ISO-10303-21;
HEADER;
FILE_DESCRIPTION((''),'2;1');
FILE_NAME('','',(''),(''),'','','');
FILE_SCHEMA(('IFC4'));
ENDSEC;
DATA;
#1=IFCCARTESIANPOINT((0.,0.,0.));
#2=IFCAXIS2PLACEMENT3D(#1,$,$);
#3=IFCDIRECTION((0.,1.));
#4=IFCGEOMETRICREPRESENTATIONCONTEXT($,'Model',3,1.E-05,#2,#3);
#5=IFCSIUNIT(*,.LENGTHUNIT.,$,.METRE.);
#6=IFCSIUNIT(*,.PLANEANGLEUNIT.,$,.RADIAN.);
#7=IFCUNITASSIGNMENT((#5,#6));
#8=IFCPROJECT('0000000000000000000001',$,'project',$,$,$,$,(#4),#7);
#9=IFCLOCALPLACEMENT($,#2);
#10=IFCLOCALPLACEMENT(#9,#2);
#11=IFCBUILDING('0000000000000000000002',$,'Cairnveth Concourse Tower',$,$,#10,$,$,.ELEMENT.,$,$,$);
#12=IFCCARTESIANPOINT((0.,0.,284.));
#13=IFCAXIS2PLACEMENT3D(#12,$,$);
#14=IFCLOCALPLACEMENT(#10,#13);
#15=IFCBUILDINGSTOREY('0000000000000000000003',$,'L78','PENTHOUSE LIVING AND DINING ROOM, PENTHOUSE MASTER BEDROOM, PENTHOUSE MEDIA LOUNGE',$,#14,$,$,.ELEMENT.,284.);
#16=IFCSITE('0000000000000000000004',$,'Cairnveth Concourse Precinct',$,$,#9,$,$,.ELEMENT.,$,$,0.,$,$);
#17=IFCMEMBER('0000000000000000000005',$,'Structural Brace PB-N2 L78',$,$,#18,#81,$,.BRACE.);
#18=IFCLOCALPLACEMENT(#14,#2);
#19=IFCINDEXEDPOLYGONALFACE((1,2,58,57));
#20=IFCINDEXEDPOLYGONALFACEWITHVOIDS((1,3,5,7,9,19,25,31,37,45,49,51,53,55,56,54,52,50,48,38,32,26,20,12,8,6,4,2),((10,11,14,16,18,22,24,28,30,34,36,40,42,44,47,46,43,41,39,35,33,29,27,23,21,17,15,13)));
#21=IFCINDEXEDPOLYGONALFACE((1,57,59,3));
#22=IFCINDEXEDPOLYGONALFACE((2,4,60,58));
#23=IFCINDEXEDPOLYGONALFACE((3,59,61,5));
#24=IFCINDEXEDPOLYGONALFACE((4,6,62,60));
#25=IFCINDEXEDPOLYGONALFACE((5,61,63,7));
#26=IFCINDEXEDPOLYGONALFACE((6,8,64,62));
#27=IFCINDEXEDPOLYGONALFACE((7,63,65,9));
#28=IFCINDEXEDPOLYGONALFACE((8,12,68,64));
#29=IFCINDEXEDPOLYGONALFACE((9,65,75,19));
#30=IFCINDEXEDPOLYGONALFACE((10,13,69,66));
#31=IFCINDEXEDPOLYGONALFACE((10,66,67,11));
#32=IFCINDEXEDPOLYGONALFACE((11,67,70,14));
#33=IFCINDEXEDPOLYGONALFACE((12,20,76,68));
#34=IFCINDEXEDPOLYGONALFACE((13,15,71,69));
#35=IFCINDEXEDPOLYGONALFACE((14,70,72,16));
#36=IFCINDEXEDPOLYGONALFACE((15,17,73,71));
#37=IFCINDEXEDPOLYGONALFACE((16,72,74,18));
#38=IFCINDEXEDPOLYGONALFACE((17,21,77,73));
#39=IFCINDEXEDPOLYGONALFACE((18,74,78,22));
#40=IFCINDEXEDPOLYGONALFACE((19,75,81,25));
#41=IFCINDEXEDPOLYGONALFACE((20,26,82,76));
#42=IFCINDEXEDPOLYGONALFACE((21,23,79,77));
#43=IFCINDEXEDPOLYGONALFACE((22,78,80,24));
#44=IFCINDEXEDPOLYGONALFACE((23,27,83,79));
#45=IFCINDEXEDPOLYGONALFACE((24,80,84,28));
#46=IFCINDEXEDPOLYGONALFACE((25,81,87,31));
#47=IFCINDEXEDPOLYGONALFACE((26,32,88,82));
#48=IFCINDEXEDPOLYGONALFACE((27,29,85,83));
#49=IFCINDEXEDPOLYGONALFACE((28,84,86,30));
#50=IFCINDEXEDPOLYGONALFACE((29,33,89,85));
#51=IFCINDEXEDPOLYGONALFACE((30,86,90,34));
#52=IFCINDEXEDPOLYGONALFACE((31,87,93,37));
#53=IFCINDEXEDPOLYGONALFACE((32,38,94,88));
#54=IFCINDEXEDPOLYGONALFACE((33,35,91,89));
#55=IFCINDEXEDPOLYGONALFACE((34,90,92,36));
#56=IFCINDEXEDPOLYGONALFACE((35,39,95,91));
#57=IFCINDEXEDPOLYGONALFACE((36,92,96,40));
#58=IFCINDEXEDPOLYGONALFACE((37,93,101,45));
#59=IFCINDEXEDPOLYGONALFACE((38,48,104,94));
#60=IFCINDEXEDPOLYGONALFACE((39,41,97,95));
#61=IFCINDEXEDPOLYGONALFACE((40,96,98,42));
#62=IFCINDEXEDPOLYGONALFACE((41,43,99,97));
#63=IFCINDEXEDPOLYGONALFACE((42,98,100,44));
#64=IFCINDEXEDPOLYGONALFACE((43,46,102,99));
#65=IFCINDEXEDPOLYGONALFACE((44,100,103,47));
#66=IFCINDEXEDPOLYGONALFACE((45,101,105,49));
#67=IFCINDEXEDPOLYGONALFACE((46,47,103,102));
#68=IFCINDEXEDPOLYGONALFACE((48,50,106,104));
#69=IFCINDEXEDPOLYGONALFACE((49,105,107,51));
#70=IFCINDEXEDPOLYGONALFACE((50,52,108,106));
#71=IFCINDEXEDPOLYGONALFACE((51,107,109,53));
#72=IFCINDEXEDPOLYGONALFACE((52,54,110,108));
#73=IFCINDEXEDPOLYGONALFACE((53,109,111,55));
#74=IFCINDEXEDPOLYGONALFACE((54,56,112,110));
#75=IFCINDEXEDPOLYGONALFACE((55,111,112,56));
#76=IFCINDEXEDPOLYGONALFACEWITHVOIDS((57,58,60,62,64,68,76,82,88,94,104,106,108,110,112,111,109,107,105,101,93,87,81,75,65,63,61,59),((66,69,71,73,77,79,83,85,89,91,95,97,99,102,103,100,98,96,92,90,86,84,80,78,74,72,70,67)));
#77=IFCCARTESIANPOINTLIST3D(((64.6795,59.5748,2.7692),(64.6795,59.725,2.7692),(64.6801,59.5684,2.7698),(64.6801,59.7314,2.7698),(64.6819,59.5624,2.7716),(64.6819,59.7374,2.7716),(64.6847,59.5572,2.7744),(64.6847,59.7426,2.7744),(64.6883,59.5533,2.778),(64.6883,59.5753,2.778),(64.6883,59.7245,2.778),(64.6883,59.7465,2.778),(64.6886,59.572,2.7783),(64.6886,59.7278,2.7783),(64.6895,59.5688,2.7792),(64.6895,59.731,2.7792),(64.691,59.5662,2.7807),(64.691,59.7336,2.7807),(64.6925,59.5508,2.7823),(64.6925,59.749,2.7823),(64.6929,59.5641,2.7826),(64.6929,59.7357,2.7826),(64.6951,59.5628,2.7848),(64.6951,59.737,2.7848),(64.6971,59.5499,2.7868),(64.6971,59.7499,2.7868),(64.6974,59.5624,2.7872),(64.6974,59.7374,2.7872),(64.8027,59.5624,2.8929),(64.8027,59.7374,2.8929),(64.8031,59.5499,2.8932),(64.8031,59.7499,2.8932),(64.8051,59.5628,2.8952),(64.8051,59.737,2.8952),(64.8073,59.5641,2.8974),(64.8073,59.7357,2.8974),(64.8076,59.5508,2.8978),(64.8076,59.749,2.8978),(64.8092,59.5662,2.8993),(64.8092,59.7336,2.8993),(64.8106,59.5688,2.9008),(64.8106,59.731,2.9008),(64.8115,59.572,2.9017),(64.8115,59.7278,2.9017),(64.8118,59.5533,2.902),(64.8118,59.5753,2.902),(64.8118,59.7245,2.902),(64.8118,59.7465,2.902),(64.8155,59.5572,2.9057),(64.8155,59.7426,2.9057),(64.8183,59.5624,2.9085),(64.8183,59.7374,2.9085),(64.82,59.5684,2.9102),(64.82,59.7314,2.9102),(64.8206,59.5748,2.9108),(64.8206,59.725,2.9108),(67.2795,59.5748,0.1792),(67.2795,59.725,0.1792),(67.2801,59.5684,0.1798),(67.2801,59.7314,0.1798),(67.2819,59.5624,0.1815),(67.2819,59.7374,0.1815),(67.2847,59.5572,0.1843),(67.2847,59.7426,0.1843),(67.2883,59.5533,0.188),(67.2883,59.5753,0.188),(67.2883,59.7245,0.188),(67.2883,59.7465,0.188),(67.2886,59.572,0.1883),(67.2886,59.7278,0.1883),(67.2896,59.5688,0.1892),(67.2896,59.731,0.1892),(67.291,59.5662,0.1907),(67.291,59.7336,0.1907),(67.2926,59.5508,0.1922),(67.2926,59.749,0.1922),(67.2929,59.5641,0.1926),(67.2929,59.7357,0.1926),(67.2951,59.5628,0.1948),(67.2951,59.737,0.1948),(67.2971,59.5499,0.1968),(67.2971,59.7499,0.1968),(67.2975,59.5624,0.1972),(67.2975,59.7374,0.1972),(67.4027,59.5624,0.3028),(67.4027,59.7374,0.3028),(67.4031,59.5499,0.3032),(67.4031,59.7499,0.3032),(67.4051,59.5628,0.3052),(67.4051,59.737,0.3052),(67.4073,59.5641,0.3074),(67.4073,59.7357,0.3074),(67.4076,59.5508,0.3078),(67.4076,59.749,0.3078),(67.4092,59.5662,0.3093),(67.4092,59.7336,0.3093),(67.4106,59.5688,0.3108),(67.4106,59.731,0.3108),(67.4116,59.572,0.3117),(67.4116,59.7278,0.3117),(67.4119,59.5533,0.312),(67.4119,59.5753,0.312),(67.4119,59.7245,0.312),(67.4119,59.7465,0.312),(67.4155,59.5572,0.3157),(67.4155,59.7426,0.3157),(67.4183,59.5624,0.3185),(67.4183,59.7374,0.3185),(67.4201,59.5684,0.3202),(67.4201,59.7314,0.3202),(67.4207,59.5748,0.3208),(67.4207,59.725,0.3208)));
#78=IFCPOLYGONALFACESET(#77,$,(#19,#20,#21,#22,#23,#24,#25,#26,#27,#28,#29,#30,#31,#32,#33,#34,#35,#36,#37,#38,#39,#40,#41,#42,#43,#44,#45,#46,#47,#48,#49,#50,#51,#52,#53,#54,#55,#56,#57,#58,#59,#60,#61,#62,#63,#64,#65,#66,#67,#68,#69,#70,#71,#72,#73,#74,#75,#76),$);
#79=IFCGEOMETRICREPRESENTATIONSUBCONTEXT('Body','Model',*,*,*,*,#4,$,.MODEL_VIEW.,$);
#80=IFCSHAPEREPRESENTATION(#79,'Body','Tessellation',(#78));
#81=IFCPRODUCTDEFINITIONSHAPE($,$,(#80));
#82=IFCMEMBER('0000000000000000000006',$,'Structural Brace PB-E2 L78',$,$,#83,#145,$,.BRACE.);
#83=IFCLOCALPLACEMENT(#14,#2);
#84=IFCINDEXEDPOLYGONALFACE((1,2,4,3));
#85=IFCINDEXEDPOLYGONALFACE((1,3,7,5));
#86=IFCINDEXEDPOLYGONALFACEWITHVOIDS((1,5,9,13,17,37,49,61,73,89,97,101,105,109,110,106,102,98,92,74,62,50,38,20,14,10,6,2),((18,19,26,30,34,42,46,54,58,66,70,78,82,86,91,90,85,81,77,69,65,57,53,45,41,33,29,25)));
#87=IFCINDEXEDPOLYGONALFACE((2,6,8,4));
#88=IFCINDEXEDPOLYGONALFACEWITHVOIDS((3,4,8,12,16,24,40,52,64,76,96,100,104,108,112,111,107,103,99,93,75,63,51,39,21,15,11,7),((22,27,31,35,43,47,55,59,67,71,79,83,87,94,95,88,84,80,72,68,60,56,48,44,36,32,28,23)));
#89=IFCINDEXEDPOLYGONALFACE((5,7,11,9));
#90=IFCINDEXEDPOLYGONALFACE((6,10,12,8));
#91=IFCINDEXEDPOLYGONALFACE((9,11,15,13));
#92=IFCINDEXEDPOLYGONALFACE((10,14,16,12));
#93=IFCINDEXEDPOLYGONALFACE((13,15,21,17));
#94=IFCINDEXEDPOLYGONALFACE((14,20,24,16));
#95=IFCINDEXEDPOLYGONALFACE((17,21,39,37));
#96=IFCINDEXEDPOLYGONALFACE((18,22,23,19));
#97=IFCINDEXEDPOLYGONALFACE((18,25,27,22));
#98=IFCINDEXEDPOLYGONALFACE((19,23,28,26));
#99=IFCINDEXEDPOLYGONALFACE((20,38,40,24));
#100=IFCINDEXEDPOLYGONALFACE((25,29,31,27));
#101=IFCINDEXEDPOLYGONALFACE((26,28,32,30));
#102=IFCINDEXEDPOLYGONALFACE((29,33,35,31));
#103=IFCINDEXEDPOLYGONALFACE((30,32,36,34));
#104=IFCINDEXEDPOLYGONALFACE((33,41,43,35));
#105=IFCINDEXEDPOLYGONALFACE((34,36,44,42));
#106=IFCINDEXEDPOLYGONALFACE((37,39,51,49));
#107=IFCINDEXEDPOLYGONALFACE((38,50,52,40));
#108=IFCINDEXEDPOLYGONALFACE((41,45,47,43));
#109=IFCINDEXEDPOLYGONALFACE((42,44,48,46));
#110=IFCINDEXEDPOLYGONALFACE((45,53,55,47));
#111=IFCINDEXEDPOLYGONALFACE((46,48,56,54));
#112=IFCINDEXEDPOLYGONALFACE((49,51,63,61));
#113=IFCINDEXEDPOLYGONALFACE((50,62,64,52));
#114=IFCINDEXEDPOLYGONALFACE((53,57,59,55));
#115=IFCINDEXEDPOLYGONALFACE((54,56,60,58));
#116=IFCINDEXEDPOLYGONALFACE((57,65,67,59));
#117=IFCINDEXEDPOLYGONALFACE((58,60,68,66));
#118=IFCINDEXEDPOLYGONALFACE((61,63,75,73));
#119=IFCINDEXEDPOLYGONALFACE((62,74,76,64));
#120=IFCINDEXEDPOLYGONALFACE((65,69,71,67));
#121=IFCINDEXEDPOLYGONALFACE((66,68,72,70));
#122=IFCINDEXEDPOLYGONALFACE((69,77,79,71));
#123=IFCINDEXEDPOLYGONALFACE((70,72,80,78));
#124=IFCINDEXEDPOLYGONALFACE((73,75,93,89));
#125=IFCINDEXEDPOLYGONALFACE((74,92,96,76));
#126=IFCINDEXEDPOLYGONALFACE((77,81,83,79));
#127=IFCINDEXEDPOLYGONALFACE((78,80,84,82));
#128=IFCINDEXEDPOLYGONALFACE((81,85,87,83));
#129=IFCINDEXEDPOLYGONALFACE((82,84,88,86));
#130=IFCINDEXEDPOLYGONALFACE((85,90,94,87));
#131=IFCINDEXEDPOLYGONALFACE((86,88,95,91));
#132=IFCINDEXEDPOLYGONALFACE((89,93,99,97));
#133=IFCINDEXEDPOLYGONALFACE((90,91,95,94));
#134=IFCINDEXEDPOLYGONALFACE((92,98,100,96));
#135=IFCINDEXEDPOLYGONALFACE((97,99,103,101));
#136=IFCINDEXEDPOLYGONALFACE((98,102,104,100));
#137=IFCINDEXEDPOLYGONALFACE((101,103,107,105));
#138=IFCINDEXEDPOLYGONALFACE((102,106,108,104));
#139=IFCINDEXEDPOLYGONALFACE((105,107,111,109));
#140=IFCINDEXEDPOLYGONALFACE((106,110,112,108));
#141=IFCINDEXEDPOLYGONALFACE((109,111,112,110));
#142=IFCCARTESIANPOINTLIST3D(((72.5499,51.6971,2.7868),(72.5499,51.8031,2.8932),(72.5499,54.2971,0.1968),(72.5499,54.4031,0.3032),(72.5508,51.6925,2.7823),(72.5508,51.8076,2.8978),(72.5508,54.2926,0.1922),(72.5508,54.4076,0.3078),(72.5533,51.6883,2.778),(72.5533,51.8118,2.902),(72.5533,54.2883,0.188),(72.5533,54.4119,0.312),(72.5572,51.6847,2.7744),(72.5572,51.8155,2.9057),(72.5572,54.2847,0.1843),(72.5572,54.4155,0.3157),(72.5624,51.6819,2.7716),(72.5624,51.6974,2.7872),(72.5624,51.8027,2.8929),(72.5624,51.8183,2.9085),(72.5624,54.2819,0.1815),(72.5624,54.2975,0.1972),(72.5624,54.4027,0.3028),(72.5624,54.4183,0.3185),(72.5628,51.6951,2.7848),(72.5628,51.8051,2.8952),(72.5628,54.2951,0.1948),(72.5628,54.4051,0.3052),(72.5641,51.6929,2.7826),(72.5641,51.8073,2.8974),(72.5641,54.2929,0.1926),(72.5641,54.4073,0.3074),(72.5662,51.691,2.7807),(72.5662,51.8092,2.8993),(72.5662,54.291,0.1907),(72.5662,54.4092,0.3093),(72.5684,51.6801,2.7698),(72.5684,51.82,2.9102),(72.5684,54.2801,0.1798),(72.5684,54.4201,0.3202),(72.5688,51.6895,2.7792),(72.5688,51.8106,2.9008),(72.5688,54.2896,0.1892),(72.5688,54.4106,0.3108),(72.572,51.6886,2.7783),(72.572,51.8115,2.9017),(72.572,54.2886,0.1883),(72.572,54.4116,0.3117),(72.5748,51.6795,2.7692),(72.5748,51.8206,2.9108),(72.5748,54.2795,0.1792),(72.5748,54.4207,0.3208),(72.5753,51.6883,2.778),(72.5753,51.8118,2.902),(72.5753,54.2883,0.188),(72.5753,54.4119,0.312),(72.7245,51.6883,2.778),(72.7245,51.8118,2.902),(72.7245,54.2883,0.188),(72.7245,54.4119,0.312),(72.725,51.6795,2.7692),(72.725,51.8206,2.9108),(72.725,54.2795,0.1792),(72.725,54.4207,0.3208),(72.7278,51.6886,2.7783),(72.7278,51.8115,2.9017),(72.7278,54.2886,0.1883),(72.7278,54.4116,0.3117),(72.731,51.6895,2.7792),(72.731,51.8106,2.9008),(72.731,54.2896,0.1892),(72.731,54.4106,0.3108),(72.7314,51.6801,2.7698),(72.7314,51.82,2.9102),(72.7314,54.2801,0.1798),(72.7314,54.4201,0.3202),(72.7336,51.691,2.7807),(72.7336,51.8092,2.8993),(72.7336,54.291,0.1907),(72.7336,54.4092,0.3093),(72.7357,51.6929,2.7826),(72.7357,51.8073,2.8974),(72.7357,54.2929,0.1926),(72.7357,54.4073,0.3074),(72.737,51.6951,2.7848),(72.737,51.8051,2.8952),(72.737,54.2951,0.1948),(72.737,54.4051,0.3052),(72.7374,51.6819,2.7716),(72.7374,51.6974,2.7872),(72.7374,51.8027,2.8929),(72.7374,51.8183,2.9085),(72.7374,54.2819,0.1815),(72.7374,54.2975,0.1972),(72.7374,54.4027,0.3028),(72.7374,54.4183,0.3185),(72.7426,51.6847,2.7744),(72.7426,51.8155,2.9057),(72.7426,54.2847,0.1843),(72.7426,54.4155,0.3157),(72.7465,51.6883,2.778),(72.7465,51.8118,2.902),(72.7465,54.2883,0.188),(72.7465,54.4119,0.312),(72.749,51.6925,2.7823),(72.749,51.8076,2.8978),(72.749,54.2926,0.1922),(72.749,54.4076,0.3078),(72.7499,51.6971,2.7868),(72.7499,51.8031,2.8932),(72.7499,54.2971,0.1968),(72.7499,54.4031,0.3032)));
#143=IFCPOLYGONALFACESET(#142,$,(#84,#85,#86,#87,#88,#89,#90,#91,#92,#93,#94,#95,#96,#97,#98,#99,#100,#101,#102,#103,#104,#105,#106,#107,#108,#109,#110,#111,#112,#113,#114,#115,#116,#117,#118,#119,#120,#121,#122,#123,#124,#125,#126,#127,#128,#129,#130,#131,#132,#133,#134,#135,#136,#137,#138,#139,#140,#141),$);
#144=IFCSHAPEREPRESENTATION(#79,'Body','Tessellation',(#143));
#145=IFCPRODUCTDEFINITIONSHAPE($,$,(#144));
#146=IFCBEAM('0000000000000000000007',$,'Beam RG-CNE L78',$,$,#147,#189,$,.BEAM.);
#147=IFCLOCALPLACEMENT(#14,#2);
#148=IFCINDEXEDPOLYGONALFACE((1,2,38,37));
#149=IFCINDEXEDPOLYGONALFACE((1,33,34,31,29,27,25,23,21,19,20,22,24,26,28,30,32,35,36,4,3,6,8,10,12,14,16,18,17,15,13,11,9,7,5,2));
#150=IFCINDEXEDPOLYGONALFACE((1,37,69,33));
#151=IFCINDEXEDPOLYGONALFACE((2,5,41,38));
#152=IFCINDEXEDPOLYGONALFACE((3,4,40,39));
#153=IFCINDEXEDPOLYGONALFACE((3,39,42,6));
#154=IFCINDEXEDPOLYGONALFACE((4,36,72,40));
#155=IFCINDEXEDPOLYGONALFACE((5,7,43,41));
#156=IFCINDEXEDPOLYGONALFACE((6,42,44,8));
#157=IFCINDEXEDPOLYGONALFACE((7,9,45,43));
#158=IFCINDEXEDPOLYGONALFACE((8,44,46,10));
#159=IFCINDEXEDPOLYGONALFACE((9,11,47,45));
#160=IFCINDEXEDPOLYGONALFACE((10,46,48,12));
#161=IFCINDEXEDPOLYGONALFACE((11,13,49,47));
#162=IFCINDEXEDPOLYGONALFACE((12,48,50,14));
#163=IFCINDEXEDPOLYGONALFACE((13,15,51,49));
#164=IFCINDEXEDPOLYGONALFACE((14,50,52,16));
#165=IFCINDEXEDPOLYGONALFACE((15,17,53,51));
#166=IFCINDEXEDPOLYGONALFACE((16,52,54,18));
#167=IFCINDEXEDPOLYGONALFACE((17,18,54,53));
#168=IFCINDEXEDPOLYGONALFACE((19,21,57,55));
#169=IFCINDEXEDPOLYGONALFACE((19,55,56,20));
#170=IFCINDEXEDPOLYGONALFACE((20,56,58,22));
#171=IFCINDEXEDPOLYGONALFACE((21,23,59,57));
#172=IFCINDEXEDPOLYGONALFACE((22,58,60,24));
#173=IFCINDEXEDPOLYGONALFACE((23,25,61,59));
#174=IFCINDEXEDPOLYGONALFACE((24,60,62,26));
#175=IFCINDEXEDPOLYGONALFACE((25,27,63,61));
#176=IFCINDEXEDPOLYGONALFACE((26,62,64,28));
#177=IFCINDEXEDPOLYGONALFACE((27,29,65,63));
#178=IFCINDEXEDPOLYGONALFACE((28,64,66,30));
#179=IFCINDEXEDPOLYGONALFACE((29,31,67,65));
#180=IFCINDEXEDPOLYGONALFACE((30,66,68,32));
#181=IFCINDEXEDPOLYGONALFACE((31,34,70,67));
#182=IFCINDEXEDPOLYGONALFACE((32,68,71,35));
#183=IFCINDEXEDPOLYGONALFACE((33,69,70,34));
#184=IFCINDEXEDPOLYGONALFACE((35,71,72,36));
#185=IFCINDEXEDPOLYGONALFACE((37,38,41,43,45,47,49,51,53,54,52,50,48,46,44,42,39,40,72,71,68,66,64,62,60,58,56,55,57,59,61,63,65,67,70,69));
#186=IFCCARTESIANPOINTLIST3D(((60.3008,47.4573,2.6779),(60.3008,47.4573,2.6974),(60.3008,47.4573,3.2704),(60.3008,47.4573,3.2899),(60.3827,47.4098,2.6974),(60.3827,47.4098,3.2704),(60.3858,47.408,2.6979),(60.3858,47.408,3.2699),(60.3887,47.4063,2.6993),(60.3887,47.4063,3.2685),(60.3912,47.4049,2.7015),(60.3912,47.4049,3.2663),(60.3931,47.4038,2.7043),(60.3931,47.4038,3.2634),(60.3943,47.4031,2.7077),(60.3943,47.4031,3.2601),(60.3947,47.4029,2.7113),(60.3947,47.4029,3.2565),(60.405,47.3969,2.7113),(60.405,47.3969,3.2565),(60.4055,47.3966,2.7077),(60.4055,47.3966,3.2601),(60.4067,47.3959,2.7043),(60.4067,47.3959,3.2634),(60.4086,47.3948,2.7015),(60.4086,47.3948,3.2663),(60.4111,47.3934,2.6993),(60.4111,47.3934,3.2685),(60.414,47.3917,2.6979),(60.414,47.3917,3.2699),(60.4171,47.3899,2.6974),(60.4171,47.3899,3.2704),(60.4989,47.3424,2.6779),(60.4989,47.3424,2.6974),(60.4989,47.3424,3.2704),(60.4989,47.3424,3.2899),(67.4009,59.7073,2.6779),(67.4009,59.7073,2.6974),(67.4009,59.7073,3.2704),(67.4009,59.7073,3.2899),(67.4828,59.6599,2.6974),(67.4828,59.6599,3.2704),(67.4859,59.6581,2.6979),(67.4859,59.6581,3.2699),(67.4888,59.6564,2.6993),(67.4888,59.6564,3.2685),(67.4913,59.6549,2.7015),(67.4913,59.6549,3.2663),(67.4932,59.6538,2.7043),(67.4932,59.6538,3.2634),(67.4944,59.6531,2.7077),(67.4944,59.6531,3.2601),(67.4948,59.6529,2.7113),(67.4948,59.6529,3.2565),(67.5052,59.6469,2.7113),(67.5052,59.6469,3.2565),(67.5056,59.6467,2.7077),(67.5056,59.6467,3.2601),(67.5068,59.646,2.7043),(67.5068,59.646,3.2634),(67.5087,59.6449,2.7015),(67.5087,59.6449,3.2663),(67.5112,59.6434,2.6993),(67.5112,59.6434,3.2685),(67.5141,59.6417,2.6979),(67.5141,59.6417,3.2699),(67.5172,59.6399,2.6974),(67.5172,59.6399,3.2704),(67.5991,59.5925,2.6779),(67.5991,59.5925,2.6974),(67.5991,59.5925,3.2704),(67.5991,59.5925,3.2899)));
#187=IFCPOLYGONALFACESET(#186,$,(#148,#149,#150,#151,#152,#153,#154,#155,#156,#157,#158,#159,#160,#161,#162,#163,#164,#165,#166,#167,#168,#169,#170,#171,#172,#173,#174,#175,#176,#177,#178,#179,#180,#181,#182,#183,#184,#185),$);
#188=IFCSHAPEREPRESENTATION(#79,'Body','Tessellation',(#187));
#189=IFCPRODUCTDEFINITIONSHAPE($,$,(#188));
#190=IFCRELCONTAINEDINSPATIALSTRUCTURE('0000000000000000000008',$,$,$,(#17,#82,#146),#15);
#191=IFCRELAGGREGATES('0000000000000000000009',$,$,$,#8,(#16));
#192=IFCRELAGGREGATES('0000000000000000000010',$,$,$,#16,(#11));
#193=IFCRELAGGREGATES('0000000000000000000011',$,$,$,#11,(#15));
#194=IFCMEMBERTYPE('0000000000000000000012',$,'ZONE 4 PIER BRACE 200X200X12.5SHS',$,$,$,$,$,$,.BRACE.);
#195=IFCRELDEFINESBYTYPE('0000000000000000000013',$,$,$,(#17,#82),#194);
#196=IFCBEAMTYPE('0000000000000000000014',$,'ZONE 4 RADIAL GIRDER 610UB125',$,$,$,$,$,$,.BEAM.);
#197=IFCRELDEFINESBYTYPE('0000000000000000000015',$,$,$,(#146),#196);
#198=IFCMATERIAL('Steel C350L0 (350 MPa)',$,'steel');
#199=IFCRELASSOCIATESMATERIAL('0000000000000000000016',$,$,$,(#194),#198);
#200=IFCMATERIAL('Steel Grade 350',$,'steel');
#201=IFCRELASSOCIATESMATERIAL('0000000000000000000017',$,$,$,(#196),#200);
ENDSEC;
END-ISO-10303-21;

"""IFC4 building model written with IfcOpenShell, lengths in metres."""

from ifc_helpers import new_model, si_unit, direction, frame, origin, origin_2d, place, context, subcontext, project, spatial, hollow_rectangle, i_section, extrude, material, material_profile, profile_set, type_object, element, save


model = new_model("IFC4")

# Units and contexts
model_context = context("Model", 3, precision=1e-05, world=origin(), true_north=direction((0.0, 1.0)))
body_context = subcontext(model_context, "Body", "Model", "MODEL_VIEW")
ifc_project = project(units=[si_unit("LENGTHUNIT", "METRE"), si_unit("PLANEANGLEUNIT", "RADIAN")], contexts=[model_context])

# Site, building, storey
site_placement = place(None, origin())
site = spatial("IfcSite", under=ifc_project, at=site_placement, Name="Cairnveth Concourse Precinct", CompositionType="ELEMENT", RefElevation=0.0)
building_placement = place(site_placement, origin())
building = spatial("IfcBuilding", under=site, at=building_placement, Name="Cairnveth Concourse Tower", CompositionType="ELEMENT")
storey_placement = place(building_placement, frame((0.0, 0.0, 284.0)))
storey = spatial("IfcBuildingStorey", under=building, at=storey_placement, Name="L78", Description="PENTHOUSE LIVING AND DINING ROOM, PENTHOUSE MASTER BEDROOM, PENTHOUSE MEDIA LOUNGE", CompositionType="ELEMENT", Elevation=284.0)

# Shared definitions
ifc_material_1 = material(Name="Steel Grade 350", Category="steel")

# Members
ifc_material_2 = material(Name="Steel C350L0 (350 MPa)", Category="steel")
ifc_material_profile_1 = material_profile(ifc_material_2, hollow_rectangle(XDim=0.2, YDim=0.2, WallThickness=0.0125, InnerFilletRadius=0.0129, OuterFilletRadius=0.0249, at=origin_2d()), Name="200x200x12.5SHS")
ifc_profile_set_1 = profile_set([ifc_material_profile_1], Name="Steel C350L0 (350 MPa)")
member_type = type_object("IfcMemberType", Name="ZONE 4 PIER BRACE 200X200X12.5SHS", PredefinedType="BRACE", material=ifc_profile_set_1)
for number, where, z_axis, x_axis, name in (
    (1, (67.3501, 59.6499, 0.25), (-0.708469, 0.0, 0.705742), (0.0, -1.0, 0.0), "Structural Brace PB-N2 L78"),
    (2, (72.6499, 54.3501, 0.25), (0.0, -0.708469, 0.705742), (1.0, 0.0, 0.0), "Structural Brace PB-E2 L78"),
):
    element("IfcMember", number, at=place(storey_placement, frame(where, z_axis=z_axis, x_axis=x_axis)), inside=storey, type_object=member_type, Name=name, PredefinedType="BRACE", context=body_context, shape_type="SweptSolid", body=[
        extrude(hollow_rectangle(XDim=0.2, YDim=0.2, WallThickness=0.0125, InnerFilletRadius=0.0129, OuterFilletRadius=0.0249, at=origin_2d()), origin(), (0.0, 0.0, 1.0), 3.6699),
    ])

# Beam
ifc_material_profile_2 = material_profile(ifc_material_1, i_section(OverallWidth=0.229, OverallDepth=0.6121, WebThickness=0.012, FlangeThickness=0.0195, FilletRadius=0.0139, at=origin_2d()), Name="610UB125")
ifc_profile_set_2 = profile_set([ifc_material_profile_2], Name="Steel Grade 350")
beam_type_1 = type_object("IfcBeamType", Name="ZONE 4 RADIAL GIRDER 610UB125", PredefinedType="BEAM", material=ifc_profile_set_2)
beam_1_placement = place(storey_placement, frame((67.5, 59.6499, 2.9839), z_axis=(-0.501459, -0.865181, 0.0), x_axis=(0.865181, -0.501459, 0.0)))
element("IfcBeam", 3, at=beam_1_placement, inside=storey, type_object=beam_type_1, Name="Beam RG-CNE L78", PredefinedType="BEAM", context=body_context, shape_type="SweptSolid", body=[
    extrude(i_section(OverallWidth=0.229, OverallDepth=0.6121, WebThickness=0.012, FlangeThickness=0.0195, FilletRadius=0.0139, at=origin_2d()), origin(), (0.0, 0.0, 1.0), 14.1589),
])

save(model, "model.ifc")
